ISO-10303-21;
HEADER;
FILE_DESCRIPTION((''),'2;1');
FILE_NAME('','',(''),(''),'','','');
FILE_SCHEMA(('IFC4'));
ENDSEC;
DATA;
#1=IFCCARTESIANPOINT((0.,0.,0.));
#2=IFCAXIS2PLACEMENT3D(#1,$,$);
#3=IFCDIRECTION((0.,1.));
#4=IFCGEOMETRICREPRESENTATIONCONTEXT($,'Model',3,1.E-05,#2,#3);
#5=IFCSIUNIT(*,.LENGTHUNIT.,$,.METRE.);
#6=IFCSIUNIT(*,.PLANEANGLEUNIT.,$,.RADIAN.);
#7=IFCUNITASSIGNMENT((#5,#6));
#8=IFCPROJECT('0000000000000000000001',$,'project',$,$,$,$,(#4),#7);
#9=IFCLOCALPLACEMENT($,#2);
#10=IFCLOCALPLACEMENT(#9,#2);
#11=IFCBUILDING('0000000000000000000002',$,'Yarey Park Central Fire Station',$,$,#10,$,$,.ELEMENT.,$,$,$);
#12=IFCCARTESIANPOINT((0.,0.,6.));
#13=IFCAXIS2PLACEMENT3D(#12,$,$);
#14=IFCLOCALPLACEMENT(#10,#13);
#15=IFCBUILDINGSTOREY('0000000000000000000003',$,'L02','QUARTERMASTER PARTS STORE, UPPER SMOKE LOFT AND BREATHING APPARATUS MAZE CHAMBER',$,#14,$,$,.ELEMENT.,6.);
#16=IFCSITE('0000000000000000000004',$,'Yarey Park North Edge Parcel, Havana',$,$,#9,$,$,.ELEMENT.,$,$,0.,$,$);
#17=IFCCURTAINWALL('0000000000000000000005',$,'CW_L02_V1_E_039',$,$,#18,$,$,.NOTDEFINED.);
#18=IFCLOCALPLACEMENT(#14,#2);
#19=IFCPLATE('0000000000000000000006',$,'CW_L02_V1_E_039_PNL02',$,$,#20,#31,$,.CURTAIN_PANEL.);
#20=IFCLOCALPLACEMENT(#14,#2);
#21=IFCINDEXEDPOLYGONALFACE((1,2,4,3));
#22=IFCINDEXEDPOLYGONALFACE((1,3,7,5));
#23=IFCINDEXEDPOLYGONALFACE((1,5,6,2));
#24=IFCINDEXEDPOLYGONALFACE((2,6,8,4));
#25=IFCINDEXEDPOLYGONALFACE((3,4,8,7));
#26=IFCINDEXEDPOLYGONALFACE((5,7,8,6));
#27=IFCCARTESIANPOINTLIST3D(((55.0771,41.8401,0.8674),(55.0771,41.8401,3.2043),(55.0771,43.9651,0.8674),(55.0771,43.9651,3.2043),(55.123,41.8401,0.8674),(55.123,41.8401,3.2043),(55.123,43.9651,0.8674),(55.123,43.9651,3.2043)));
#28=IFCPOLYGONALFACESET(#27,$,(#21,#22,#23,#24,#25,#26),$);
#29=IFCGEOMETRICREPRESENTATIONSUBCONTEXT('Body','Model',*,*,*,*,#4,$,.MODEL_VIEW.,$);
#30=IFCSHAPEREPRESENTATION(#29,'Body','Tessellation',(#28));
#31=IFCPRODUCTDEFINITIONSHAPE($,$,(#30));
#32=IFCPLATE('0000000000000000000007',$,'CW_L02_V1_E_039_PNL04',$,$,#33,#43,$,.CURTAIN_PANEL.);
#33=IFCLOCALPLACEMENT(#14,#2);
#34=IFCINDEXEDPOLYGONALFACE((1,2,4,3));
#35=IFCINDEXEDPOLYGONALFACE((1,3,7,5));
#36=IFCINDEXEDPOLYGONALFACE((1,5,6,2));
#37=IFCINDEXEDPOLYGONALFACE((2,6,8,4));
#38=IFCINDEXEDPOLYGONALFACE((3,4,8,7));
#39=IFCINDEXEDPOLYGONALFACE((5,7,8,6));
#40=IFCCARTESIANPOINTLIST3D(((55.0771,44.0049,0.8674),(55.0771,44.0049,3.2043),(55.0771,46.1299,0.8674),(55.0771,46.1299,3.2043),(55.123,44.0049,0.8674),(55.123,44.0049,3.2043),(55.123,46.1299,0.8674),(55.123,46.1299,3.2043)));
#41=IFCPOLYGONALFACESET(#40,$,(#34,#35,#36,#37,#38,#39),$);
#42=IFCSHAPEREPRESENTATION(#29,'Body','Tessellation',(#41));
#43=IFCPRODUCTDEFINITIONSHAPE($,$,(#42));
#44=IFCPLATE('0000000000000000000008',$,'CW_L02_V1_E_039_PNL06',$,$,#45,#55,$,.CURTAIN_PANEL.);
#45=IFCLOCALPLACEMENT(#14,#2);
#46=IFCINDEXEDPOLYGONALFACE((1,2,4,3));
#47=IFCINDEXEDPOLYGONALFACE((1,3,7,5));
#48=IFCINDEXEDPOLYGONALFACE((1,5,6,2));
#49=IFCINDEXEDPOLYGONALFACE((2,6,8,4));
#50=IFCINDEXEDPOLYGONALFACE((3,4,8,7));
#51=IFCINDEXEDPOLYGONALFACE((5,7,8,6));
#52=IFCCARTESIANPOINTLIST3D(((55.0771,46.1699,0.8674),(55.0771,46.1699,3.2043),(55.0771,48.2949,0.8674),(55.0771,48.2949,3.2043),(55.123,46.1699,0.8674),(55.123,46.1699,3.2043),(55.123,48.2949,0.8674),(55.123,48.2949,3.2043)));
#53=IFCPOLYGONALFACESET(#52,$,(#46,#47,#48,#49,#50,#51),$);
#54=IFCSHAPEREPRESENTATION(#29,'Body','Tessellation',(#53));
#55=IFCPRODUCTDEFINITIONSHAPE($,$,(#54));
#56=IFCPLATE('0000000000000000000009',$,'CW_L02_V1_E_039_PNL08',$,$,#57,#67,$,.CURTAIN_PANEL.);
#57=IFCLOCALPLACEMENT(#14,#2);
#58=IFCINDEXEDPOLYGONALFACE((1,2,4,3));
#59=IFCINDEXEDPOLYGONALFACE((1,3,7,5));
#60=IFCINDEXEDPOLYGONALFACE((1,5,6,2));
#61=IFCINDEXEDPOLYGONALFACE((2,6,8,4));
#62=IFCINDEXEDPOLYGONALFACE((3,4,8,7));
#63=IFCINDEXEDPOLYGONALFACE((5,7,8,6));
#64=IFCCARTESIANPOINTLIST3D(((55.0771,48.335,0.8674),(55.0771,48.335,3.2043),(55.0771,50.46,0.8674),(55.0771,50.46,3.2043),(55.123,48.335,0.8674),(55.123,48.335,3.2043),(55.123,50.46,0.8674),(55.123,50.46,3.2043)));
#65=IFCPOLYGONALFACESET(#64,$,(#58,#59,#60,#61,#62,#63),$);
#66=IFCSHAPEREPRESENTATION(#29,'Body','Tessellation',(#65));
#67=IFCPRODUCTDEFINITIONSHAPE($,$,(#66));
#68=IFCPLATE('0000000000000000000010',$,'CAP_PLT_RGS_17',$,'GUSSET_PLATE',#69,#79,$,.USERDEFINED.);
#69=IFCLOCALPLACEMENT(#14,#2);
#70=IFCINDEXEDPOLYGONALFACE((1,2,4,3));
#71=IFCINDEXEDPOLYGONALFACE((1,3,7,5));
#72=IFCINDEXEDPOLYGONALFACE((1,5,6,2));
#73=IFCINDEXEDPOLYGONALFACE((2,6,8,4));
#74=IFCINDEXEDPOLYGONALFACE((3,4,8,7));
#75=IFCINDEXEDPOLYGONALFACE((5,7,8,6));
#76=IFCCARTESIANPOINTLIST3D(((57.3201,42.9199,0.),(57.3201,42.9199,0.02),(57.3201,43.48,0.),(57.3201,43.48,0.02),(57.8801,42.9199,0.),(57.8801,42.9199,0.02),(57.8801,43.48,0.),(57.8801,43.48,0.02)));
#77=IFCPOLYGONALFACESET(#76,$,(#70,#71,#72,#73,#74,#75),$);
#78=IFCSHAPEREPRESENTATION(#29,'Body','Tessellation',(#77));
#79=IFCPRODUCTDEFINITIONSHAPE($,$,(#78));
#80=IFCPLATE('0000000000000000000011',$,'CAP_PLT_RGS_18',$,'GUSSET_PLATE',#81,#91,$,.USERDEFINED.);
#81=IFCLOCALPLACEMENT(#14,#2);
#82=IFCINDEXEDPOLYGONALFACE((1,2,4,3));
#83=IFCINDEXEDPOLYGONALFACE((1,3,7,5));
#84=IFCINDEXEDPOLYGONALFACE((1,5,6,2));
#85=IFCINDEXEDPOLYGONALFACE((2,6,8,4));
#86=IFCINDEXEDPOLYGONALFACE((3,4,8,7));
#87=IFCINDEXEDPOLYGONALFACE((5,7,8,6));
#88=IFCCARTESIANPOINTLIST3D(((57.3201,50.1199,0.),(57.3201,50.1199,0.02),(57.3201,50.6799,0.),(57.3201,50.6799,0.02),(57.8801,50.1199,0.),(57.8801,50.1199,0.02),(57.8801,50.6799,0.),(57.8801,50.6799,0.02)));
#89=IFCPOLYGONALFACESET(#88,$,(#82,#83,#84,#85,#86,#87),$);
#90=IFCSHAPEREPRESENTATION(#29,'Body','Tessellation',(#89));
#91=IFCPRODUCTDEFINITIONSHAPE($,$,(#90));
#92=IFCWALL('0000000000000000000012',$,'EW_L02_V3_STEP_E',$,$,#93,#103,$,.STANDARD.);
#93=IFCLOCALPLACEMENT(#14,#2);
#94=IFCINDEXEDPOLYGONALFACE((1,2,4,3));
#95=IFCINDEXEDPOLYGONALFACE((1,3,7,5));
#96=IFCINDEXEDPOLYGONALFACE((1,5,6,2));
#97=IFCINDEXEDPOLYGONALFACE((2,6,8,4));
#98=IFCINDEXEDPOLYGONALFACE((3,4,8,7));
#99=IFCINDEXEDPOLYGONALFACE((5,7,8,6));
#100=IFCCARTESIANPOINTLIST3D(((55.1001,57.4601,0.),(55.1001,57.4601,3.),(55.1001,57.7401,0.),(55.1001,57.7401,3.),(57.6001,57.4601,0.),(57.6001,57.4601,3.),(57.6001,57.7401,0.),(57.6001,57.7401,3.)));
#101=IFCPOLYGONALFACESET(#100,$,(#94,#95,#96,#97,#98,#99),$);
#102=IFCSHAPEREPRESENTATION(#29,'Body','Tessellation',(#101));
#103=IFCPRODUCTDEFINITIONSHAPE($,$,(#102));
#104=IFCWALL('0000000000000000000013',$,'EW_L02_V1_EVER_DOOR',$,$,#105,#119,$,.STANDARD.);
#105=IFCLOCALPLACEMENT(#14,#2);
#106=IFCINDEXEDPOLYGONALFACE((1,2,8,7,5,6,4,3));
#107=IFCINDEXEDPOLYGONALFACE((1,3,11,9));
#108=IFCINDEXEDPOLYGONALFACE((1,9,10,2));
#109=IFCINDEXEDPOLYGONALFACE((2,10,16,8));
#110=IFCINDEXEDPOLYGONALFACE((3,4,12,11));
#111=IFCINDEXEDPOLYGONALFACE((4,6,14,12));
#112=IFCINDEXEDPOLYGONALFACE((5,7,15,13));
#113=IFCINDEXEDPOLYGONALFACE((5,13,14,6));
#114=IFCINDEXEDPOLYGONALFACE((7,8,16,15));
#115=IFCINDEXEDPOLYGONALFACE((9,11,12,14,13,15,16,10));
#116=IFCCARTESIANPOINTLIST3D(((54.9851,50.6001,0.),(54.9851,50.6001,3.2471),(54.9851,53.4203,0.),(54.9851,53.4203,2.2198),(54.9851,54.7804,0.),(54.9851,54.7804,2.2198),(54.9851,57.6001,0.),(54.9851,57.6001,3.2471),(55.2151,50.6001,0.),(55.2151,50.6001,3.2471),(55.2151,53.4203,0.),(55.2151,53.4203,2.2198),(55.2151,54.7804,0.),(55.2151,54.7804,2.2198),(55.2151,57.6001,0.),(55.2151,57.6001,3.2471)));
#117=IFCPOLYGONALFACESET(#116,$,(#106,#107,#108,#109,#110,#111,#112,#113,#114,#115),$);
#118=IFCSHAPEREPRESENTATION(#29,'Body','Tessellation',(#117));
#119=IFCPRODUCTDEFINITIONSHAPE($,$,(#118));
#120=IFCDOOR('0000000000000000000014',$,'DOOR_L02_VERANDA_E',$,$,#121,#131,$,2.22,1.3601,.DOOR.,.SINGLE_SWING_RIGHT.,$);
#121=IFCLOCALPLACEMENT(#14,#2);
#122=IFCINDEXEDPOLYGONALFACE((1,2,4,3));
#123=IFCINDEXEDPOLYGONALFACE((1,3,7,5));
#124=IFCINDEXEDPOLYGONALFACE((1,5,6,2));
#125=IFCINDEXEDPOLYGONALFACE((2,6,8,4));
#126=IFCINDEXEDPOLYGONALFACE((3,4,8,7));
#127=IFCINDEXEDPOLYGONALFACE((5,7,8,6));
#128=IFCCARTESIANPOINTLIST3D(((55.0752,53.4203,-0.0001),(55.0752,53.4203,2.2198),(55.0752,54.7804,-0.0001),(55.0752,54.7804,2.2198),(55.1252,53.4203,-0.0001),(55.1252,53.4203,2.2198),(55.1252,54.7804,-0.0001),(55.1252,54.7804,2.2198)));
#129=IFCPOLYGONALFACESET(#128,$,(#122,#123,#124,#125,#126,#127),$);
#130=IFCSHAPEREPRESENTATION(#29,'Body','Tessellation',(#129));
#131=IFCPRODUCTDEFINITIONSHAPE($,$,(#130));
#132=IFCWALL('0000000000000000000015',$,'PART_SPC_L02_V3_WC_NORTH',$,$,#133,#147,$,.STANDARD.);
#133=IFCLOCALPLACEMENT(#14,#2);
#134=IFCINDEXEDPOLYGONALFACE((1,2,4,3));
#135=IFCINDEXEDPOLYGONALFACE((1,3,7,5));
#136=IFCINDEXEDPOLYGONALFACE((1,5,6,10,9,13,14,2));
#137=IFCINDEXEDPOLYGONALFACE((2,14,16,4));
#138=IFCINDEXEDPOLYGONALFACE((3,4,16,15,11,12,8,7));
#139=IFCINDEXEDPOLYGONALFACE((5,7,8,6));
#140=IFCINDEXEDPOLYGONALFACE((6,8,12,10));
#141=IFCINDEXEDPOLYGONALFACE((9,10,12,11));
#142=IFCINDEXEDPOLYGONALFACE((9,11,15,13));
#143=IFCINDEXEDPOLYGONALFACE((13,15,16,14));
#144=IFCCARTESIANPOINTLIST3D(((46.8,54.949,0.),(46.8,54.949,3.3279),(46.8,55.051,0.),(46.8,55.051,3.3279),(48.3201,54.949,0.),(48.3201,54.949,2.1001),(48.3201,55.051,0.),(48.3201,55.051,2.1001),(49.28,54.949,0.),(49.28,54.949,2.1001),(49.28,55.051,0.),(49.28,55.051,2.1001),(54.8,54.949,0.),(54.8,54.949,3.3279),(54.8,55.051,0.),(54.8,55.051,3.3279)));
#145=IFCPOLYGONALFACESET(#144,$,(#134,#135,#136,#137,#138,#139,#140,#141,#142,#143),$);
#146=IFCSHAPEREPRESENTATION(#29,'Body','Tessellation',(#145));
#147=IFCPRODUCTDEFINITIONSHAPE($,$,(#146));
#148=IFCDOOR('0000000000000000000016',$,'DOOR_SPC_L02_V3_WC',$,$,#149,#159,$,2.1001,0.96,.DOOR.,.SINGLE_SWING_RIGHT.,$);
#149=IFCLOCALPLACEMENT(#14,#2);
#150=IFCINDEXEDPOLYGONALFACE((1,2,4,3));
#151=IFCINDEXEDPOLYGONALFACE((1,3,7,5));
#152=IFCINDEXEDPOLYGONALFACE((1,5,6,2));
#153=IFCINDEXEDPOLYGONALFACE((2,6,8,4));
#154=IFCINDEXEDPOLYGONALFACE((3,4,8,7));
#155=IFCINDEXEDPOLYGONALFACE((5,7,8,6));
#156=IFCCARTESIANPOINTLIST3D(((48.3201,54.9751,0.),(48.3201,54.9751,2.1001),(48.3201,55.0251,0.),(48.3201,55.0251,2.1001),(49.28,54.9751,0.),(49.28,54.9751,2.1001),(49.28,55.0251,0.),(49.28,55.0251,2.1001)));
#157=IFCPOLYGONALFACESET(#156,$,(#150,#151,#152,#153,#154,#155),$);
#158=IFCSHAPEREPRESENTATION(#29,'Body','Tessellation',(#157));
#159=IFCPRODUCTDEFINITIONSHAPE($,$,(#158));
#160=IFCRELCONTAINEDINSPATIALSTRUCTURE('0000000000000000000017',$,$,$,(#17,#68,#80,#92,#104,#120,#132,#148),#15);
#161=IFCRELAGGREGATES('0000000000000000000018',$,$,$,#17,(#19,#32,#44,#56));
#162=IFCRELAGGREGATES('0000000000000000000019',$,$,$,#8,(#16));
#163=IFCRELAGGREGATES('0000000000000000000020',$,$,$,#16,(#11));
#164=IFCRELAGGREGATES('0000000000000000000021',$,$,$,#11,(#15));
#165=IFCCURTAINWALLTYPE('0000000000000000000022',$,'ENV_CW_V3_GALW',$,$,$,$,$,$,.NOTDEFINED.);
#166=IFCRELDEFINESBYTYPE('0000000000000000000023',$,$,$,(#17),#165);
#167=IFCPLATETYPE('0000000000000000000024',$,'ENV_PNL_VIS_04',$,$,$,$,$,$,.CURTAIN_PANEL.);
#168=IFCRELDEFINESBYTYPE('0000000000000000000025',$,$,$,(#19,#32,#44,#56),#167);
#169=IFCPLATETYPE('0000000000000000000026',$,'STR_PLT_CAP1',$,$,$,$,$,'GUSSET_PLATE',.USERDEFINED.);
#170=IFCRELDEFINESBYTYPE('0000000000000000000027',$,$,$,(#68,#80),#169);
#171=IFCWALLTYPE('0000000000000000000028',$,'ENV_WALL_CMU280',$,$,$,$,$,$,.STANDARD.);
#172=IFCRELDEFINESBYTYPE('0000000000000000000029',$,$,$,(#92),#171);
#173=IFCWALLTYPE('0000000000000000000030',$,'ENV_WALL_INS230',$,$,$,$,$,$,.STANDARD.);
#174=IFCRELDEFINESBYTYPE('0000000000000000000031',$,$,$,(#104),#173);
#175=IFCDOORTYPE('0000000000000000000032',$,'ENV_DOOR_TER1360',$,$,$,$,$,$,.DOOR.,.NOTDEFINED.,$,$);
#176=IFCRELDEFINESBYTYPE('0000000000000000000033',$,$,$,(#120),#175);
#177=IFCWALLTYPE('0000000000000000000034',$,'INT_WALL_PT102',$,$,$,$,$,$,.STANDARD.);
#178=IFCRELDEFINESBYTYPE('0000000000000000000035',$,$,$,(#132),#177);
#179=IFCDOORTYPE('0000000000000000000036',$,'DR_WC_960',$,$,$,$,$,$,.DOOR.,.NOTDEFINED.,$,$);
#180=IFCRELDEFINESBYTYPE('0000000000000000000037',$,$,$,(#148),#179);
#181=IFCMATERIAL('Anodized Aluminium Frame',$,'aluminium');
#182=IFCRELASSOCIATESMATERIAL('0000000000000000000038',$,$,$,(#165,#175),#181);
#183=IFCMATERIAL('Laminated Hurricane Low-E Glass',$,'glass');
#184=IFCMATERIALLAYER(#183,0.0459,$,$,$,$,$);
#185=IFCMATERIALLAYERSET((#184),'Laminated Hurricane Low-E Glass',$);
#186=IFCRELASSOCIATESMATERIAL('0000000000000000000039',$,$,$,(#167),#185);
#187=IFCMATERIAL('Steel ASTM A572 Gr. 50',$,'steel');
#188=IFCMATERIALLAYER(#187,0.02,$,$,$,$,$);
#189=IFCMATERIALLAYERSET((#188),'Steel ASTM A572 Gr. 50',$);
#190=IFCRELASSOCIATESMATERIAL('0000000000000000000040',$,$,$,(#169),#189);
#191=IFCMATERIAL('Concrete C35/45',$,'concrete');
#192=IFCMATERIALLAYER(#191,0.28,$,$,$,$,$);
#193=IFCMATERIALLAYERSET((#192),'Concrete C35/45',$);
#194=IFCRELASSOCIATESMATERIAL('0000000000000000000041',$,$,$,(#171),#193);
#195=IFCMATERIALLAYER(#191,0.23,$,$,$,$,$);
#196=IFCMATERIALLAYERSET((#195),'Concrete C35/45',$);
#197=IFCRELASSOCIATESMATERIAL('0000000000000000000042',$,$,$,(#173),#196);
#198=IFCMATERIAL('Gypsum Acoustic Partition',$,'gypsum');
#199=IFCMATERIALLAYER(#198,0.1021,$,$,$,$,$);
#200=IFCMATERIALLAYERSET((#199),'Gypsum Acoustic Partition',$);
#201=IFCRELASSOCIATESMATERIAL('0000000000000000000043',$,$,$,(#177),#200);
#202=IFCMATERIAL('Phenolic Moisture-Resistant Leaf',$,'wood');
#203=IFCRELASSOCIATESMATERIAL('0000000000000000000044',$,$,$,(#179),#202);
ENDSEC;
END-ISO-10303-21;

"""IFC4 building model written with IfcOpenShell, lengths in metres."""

from ifc_helpers import new_model, si_unit, direction, frame, frame_2d, origin, origin_2d, place, context, subcontext, project, spatial, rectangle, extrude, material, layer, layer_set, type_object, element, fill, aggregate, save


model = new_model("IFC4")

# Units and contexts
model_context = context("Model", 3, precision=1e-05, world=origin(), true_north=direction((0.0, 1.0)))
body_context = subcontext(model_context, "Body", "Model", "MODEL_VIEW")
ifc_project = project(units=[si_unit("LENGTHUNIT", "METRE"), si_unit("PLANEANGLEUNIT", "RADIAN")], contexts=[model_context])

# Site, building, storey
site_placement = place(None, origin())
site = spatial("IfcSite", under=ifc_project, at=site_placement, Name="Yarey Park North Edge Parcel, Havana", CompositionType="ELEMENT", RefElevation=0.0)
building_placement = place(site_placement, origin())
building = spatial("IfcBuilding", under=site, at=building_placement, Name="Yarey Park Central Fire Station", CompositionType="ELEMENT")
storey_placement = place(building_placement, frame((0.0, 0.0, 6.0)))
storey = spatial("IfcBuildingStorey", under=building, at=storey_placement, Name="L02", Description="QUARTERMASTER PARTS STORE, UPPER SMOKE LOFT AND BREATHING APPARATUS MAZE CHAMBER", CompositionType="ELEMENT", Elevation=6.0)

# Curtain wall
ifc_material_1 = material(Name="Anodized Aluminium Frame", Category="aluminium")
curtain_wall_type = type_object("IfcCurtainWallType", Name="ENV_CW_V3_GALW", PredefinedType="NOTDEFINED", material=ifc_material_1)
curtain_wall_placement = place(storey_placement, origin())
curtain_wall = element("IfcCurtainWall", 1, at=curtain_wall_placement, inside=storey, type_object=curtain_wall_type, Name="CW_L02_V1_E_039", PredefinedType="NOTDEFINED")

# Plates
ifc_material_2 = material(Name="Laminated Hurricane Low-E Glass", Category="glass")
ifc_layer_1 = layer(ifc_material_2, 0.0459)
ifc_layer_set_1 = layer_set([ifc_layer_1], Name="Laminated Hurricane Low-E Glass")
plate_type_1 = type_object("IfcPlateType", Name="ENV_PNL_VIS_04", PredefinedType="CURTAIN_PANEL", material=ifc_layer_set_1)
plate_1_placement = place(storey_placement, frame((55.1001, 42.9026, 0.8674), z_axis=(0.0, 0.0, 1.0), x_axis=(0.0, 1.0, 0.0)))
plate_1 = element("IfcPlate", 2, at=plate_1_placement, type_object=plate_type_1, Name="CW_L02_V1_E_039_PNL02", PredefinedType="CURTAIN_PANEL", context=body_context, shape_type="SweptSolid", body=[
    extrude(rectangle(XDim=2.125, YDim=0.0459, at=origin_2d()), origin(), (0.0, 0.0, 1.0), 2.3369),
])
plate_2_placement = place(storey_placement, frame((55.1001, 45.0674, 0.8674), z_axis=(0.0, 0.0, 1.0), x_axis=(0.0, 1.0, 0.0)))
plate_2 = element("IfcPlate", 3, at=plate_2_placement, type_object=plate_type_1, Name="CW_L02_V1_E_039_PNL04", PredefinedType="CURTAIN_PANEL", context=body_context, shape_type="SweptSolid", body=[
    extrude(rectangle(XDim=2.125, YDim=0.0459, at=origin_2d()), origin(), (0.0, 0.0, 1.0), 2.3369),
])
plate_3_placement = place(storey_placement, frame((55.1001, 47.2324, 0.8674), z_axis=(0.0, 0.0, 1.0), x_axis=(0.0, 1.0, 0.0)))
plate_3 = element("IfcPlate", 4, at=plate_3_placement, type_object=plate_type_1, Name="CW_L02_V1_E_039_PNL06", PredefinedType="CURTAIN_PANEL", context=body_context, shape_type="SweptSolid", body=[
    extrude(rectangle(XDim=2.125, YDim=0.0459, at=origin_2d()), origin(), (0.0, 0.0, 1.0), 2.3369),
])
plate_4_placement = place(storey_placement, frame((55.1001, 49.3975, 0.8674), z_axis=(0.0, 0.0, 1.0), x_axis=(0.0, 1.0, 0.0)))
plate_4 = element("IfcPlate", 5, at=plate_4_placement, type_object=plate_type_1, Name="CW_L02_V1_E_039_PNL08", PredefinedType="CURTAIN_PANEL", context=body_context, shape_type="SweptSolid", body=[
    extrude(rectangle(XDim=2.125, YDim=0.0459, at=origin_2d()), origin(), (0.0, 0.0, 1.0), 2.3369),
])
aggregate(curtain_wall, [plate_1, plate_2, plate_3, plate_4])

# Plates
ifc_material_3 = material(Name="Steel ASTM A572 Gr. 50", Category="steel")
ifc_layer_2 = layer(ifc_material_3, 0.02)
ifc_layer_set_2 = layer_set([ifc_layer_2], Name="Steel ASTM A572 Gr. 50")
plate_type_2 = type_object("IfcPlateType", Name="STR_PLT_CAP1", ElementType="GUSSET_PLATE", PredefinedType="USERDEFINED", material=ifc_layer_set_2)
for number, where, z_axis, x_axis, name in (
    (6, (57.6001, 43.2, 0.0), (0.0, 0.0, 1.0), (1.0, 0.0, 0.0), "CAP_PLT_RGS_17"),
    (7, (57.6001, 50.3999, 0.0), (0.0, 0.0, 1.0), (1.0, 0.0, 0.0), "CAP_PLT_RGS_18"),
):
    element("IfcPlate", number, at=place(storey_placement, frame(where, z_axis=z_axis, x_axis=x_axis)), inside=storey, type_object=plate_type_2, Name=name, ObjectType="GUSSET_PLATE", PredefinedType="USERDEFINED", context=body_context, shape_type="SweptSolid", body=[
        extrude(rectangle(XDim=0.5601, YDim=0.5601, at=origin_2d()), origin(), (0.0, 0.0, 1.0), 0.02),
    ])

# Wall
ifc_material_4 = material(Name="Concrete C35/45", Category="concrete")
ifc_layer_3 = layer(ifc_material_4, 0.28)
ifc_layer_set_3 = layer_set([ifc_layer_3], Name="Concrete C35/45")
wall_type_1 = type_object("IfcWallType", Name="ENV_WALL_CMU280", PredefinedType="STANDARD", material=ifc_layer_set_3)
wall_1_placement = place(storey_placement, frame((55.1001, 57.6001, 0.0), z_axis=(0.0, 0.0, 1.0), x_axis=(1.0, 0.0, 0.0)))
element("IfcWall", 8, at=wall_1_placement, inside=storey, type_object=wall_type_1, Name="EW_L02_V3_STEP_E", PredefinedType="STANDARD", context=body_context, shape_type="SweptSolid", body=[
    extrude(rectangle(XDim=2.5, YDim=0.28, at=frame_2d((1.25, 0.0))), origin(), (0.0, 0.0, 1.0), 3.0),
])

# Walls, openings, doors
ifc_layer_4 = layer(ifc_material_4, 0.23)
ifc_layer_set_4 = layer_set([ifc_layer_4], Name="Concrete C35/45")
wall_type_2 = type_object("IfcWallType", Name="ENV_WALL_INS230", PredefinedType="STANDARD", material=ifc_layer_set_4)
wall_2_placement = place(storey_placement, frame((55.1001, 50.6001, 0.0), z_axis=(0.0, 0.0, 1.0), x_axis=(0.0, 1.0, 0.0)))
wall_2 = element("IfcWall", 9, at=wall_2_placement, inside=storey, type_object=wall_type_2, Name="EW_L02_V1_EVER_DOOR", PredefinedType="STANDARD", context=body_context, shape_type="SweptSolid", body=[
    extrude(rectangle(XDim=7.0, YDim=0.23, at=frame_2d((3.5, 0.0))), origin(), (0.0, 0.0, 1.0), 3.2471),
])
opening_1_placement = place(wall_2_placement, frame((2.8201, 0.0, 0.0)))
opening_1 = element("IfcOpeningElement", 10, at=opening_1_placement, cuts=wall_2, PredefinedType="OPENING", context=body_context, shape_type="SweptSolid", body=[
    extrude(rectangle(XDim=1.3601, YDim=2.22, at=frame_2d((0.6802, 1.1099))), frame((0.0, 0.125, 0.0), z_axis=(0.0, -1.0, 0.0), x_axis=(1.0, 0.0, 0.0)), (0.0, 0.0, 1.0), 0.25),
])
door_type_1 = type_object("IfcDoorType", Name="ENV_DOOR_TER1360", OperationType="NOTDEFINED", PredefinedType="DOOR", material=ifc_material_1)
door_1_placement = place(opening_1_placement, origin())
door_1 = element("IfcDoor", 11, at=door_1_placement, inside=storey, type_object=door_type_1, Name="DOOR_L02_VERANDA_E", OperationType="SINGLE_SWING_RIGHT", OverallHeight=2.22, OverallWidth=1.3601, PredefinedType="DOOR", context=body_context, shape_type="SweptSolid", body=[
    extrude(rectangle(XDim=1.3601, YDim=2.22, at=frame_2d((0.6802, 1.1099))), frame((0.0, 0.0249, 0.0), z_axis=(0.0, -1.0, 0.0), x_axis=(1.0, 0.0, 0.0)), (0.0, 0.0, 1.0), 0.05),
])
fill(opening_1, door_1)
ifc_material_5 = material(Name="Gypsum Acoustic Partition", Category="gypsum")
ifc_layer_5 = layer(ifc_material_5, 0.1021)
ifc_layer_set_5 = layer_set([ifc_layer_5], Name="Gypsum Acoustic Partition")
wall_type_3 = type_object("IfcWallType", Name="INT_WALL_PT102", PredefinedType="STANDARD", material=ifc_layer_set_5)
wall_3_placement = place(storey_placement, frame((54.8, 55.0, 0.0), z_axis=(0.0, 0.0, 1.0), x_axis=(-1.0, 0.0, 0.0)))
wall_3 = element("IfcWall", 12, at=wall_3_placement, inside=storey, type_object=wall_type_3, Name="PART_SPC_L02_V3_WC_NORTH", PredefinedType="STANDARD", context=body_context, shape_type="SweptSolid", body=[
    extrude(rectangle(XDim=8.0, YDim=0.1021, at=frame_2d((4.0, 0.0))), origin(), (0.0, 0.0, 1.0), 3.3279),
])
opening_2_placement = place(wall_3_placement, frame((5.52, 0.0, 0.0)))
opening_2 = element("IfcOpeningElement", 13, at=opening_2_placement, cuts=wall_3, PredefinedType="OPENING", context=body_context, shape_type="SweptSolid", body=[
    extrude(rectangle(XDim=0.96, YDim=2.1001, at=frame_2d((0.48, 1.05))), frame((0.0, 0.061, 0.0), z_axis=(0.0, -1.0, 0.0), x_axis=(1.0, 0.0, 0.0)), (0.0, 0.0, 1.0), 0.1221),
])
ifc_material_6 = material(Name="Phenolic Moisture-Resistant Leaf", Category="wood")
door_type_2 = type_object("IfcDoorType", Name="DR_WC_960", OperationType="NOTDEFINED", PredefinedType="DOOR", material=ifc_material_6)
door_2_placement = place(opening_2_placement, origin())
door_2 = element("IfcDoor", 14, at=door_2_placement, inside=storey, type_object=door_type_2, Name="DOOR_SPC_L02_V3_WC", OperationType="SINGLE_SWING_RIGHT", OverallHeight=2.1001, OverallWidth=0.96, PredefinedType="DOOR", context=body_context, shape_type="SweptSolid", body=[
    extrude(rectangle(XDim=0.96, YDim=2.1001, at=frame_2d((0.48, 1.05))), frame((0.0, 0.0249, 0.0), z_axis=(0.0, -1.0, 0.0), x_axis=(1.0, 0.0, 0.0)), (0.0, 0.0, 1.0), 0.05),
])
fill(opening_2, door_2)

save(model, "model.ifc")
